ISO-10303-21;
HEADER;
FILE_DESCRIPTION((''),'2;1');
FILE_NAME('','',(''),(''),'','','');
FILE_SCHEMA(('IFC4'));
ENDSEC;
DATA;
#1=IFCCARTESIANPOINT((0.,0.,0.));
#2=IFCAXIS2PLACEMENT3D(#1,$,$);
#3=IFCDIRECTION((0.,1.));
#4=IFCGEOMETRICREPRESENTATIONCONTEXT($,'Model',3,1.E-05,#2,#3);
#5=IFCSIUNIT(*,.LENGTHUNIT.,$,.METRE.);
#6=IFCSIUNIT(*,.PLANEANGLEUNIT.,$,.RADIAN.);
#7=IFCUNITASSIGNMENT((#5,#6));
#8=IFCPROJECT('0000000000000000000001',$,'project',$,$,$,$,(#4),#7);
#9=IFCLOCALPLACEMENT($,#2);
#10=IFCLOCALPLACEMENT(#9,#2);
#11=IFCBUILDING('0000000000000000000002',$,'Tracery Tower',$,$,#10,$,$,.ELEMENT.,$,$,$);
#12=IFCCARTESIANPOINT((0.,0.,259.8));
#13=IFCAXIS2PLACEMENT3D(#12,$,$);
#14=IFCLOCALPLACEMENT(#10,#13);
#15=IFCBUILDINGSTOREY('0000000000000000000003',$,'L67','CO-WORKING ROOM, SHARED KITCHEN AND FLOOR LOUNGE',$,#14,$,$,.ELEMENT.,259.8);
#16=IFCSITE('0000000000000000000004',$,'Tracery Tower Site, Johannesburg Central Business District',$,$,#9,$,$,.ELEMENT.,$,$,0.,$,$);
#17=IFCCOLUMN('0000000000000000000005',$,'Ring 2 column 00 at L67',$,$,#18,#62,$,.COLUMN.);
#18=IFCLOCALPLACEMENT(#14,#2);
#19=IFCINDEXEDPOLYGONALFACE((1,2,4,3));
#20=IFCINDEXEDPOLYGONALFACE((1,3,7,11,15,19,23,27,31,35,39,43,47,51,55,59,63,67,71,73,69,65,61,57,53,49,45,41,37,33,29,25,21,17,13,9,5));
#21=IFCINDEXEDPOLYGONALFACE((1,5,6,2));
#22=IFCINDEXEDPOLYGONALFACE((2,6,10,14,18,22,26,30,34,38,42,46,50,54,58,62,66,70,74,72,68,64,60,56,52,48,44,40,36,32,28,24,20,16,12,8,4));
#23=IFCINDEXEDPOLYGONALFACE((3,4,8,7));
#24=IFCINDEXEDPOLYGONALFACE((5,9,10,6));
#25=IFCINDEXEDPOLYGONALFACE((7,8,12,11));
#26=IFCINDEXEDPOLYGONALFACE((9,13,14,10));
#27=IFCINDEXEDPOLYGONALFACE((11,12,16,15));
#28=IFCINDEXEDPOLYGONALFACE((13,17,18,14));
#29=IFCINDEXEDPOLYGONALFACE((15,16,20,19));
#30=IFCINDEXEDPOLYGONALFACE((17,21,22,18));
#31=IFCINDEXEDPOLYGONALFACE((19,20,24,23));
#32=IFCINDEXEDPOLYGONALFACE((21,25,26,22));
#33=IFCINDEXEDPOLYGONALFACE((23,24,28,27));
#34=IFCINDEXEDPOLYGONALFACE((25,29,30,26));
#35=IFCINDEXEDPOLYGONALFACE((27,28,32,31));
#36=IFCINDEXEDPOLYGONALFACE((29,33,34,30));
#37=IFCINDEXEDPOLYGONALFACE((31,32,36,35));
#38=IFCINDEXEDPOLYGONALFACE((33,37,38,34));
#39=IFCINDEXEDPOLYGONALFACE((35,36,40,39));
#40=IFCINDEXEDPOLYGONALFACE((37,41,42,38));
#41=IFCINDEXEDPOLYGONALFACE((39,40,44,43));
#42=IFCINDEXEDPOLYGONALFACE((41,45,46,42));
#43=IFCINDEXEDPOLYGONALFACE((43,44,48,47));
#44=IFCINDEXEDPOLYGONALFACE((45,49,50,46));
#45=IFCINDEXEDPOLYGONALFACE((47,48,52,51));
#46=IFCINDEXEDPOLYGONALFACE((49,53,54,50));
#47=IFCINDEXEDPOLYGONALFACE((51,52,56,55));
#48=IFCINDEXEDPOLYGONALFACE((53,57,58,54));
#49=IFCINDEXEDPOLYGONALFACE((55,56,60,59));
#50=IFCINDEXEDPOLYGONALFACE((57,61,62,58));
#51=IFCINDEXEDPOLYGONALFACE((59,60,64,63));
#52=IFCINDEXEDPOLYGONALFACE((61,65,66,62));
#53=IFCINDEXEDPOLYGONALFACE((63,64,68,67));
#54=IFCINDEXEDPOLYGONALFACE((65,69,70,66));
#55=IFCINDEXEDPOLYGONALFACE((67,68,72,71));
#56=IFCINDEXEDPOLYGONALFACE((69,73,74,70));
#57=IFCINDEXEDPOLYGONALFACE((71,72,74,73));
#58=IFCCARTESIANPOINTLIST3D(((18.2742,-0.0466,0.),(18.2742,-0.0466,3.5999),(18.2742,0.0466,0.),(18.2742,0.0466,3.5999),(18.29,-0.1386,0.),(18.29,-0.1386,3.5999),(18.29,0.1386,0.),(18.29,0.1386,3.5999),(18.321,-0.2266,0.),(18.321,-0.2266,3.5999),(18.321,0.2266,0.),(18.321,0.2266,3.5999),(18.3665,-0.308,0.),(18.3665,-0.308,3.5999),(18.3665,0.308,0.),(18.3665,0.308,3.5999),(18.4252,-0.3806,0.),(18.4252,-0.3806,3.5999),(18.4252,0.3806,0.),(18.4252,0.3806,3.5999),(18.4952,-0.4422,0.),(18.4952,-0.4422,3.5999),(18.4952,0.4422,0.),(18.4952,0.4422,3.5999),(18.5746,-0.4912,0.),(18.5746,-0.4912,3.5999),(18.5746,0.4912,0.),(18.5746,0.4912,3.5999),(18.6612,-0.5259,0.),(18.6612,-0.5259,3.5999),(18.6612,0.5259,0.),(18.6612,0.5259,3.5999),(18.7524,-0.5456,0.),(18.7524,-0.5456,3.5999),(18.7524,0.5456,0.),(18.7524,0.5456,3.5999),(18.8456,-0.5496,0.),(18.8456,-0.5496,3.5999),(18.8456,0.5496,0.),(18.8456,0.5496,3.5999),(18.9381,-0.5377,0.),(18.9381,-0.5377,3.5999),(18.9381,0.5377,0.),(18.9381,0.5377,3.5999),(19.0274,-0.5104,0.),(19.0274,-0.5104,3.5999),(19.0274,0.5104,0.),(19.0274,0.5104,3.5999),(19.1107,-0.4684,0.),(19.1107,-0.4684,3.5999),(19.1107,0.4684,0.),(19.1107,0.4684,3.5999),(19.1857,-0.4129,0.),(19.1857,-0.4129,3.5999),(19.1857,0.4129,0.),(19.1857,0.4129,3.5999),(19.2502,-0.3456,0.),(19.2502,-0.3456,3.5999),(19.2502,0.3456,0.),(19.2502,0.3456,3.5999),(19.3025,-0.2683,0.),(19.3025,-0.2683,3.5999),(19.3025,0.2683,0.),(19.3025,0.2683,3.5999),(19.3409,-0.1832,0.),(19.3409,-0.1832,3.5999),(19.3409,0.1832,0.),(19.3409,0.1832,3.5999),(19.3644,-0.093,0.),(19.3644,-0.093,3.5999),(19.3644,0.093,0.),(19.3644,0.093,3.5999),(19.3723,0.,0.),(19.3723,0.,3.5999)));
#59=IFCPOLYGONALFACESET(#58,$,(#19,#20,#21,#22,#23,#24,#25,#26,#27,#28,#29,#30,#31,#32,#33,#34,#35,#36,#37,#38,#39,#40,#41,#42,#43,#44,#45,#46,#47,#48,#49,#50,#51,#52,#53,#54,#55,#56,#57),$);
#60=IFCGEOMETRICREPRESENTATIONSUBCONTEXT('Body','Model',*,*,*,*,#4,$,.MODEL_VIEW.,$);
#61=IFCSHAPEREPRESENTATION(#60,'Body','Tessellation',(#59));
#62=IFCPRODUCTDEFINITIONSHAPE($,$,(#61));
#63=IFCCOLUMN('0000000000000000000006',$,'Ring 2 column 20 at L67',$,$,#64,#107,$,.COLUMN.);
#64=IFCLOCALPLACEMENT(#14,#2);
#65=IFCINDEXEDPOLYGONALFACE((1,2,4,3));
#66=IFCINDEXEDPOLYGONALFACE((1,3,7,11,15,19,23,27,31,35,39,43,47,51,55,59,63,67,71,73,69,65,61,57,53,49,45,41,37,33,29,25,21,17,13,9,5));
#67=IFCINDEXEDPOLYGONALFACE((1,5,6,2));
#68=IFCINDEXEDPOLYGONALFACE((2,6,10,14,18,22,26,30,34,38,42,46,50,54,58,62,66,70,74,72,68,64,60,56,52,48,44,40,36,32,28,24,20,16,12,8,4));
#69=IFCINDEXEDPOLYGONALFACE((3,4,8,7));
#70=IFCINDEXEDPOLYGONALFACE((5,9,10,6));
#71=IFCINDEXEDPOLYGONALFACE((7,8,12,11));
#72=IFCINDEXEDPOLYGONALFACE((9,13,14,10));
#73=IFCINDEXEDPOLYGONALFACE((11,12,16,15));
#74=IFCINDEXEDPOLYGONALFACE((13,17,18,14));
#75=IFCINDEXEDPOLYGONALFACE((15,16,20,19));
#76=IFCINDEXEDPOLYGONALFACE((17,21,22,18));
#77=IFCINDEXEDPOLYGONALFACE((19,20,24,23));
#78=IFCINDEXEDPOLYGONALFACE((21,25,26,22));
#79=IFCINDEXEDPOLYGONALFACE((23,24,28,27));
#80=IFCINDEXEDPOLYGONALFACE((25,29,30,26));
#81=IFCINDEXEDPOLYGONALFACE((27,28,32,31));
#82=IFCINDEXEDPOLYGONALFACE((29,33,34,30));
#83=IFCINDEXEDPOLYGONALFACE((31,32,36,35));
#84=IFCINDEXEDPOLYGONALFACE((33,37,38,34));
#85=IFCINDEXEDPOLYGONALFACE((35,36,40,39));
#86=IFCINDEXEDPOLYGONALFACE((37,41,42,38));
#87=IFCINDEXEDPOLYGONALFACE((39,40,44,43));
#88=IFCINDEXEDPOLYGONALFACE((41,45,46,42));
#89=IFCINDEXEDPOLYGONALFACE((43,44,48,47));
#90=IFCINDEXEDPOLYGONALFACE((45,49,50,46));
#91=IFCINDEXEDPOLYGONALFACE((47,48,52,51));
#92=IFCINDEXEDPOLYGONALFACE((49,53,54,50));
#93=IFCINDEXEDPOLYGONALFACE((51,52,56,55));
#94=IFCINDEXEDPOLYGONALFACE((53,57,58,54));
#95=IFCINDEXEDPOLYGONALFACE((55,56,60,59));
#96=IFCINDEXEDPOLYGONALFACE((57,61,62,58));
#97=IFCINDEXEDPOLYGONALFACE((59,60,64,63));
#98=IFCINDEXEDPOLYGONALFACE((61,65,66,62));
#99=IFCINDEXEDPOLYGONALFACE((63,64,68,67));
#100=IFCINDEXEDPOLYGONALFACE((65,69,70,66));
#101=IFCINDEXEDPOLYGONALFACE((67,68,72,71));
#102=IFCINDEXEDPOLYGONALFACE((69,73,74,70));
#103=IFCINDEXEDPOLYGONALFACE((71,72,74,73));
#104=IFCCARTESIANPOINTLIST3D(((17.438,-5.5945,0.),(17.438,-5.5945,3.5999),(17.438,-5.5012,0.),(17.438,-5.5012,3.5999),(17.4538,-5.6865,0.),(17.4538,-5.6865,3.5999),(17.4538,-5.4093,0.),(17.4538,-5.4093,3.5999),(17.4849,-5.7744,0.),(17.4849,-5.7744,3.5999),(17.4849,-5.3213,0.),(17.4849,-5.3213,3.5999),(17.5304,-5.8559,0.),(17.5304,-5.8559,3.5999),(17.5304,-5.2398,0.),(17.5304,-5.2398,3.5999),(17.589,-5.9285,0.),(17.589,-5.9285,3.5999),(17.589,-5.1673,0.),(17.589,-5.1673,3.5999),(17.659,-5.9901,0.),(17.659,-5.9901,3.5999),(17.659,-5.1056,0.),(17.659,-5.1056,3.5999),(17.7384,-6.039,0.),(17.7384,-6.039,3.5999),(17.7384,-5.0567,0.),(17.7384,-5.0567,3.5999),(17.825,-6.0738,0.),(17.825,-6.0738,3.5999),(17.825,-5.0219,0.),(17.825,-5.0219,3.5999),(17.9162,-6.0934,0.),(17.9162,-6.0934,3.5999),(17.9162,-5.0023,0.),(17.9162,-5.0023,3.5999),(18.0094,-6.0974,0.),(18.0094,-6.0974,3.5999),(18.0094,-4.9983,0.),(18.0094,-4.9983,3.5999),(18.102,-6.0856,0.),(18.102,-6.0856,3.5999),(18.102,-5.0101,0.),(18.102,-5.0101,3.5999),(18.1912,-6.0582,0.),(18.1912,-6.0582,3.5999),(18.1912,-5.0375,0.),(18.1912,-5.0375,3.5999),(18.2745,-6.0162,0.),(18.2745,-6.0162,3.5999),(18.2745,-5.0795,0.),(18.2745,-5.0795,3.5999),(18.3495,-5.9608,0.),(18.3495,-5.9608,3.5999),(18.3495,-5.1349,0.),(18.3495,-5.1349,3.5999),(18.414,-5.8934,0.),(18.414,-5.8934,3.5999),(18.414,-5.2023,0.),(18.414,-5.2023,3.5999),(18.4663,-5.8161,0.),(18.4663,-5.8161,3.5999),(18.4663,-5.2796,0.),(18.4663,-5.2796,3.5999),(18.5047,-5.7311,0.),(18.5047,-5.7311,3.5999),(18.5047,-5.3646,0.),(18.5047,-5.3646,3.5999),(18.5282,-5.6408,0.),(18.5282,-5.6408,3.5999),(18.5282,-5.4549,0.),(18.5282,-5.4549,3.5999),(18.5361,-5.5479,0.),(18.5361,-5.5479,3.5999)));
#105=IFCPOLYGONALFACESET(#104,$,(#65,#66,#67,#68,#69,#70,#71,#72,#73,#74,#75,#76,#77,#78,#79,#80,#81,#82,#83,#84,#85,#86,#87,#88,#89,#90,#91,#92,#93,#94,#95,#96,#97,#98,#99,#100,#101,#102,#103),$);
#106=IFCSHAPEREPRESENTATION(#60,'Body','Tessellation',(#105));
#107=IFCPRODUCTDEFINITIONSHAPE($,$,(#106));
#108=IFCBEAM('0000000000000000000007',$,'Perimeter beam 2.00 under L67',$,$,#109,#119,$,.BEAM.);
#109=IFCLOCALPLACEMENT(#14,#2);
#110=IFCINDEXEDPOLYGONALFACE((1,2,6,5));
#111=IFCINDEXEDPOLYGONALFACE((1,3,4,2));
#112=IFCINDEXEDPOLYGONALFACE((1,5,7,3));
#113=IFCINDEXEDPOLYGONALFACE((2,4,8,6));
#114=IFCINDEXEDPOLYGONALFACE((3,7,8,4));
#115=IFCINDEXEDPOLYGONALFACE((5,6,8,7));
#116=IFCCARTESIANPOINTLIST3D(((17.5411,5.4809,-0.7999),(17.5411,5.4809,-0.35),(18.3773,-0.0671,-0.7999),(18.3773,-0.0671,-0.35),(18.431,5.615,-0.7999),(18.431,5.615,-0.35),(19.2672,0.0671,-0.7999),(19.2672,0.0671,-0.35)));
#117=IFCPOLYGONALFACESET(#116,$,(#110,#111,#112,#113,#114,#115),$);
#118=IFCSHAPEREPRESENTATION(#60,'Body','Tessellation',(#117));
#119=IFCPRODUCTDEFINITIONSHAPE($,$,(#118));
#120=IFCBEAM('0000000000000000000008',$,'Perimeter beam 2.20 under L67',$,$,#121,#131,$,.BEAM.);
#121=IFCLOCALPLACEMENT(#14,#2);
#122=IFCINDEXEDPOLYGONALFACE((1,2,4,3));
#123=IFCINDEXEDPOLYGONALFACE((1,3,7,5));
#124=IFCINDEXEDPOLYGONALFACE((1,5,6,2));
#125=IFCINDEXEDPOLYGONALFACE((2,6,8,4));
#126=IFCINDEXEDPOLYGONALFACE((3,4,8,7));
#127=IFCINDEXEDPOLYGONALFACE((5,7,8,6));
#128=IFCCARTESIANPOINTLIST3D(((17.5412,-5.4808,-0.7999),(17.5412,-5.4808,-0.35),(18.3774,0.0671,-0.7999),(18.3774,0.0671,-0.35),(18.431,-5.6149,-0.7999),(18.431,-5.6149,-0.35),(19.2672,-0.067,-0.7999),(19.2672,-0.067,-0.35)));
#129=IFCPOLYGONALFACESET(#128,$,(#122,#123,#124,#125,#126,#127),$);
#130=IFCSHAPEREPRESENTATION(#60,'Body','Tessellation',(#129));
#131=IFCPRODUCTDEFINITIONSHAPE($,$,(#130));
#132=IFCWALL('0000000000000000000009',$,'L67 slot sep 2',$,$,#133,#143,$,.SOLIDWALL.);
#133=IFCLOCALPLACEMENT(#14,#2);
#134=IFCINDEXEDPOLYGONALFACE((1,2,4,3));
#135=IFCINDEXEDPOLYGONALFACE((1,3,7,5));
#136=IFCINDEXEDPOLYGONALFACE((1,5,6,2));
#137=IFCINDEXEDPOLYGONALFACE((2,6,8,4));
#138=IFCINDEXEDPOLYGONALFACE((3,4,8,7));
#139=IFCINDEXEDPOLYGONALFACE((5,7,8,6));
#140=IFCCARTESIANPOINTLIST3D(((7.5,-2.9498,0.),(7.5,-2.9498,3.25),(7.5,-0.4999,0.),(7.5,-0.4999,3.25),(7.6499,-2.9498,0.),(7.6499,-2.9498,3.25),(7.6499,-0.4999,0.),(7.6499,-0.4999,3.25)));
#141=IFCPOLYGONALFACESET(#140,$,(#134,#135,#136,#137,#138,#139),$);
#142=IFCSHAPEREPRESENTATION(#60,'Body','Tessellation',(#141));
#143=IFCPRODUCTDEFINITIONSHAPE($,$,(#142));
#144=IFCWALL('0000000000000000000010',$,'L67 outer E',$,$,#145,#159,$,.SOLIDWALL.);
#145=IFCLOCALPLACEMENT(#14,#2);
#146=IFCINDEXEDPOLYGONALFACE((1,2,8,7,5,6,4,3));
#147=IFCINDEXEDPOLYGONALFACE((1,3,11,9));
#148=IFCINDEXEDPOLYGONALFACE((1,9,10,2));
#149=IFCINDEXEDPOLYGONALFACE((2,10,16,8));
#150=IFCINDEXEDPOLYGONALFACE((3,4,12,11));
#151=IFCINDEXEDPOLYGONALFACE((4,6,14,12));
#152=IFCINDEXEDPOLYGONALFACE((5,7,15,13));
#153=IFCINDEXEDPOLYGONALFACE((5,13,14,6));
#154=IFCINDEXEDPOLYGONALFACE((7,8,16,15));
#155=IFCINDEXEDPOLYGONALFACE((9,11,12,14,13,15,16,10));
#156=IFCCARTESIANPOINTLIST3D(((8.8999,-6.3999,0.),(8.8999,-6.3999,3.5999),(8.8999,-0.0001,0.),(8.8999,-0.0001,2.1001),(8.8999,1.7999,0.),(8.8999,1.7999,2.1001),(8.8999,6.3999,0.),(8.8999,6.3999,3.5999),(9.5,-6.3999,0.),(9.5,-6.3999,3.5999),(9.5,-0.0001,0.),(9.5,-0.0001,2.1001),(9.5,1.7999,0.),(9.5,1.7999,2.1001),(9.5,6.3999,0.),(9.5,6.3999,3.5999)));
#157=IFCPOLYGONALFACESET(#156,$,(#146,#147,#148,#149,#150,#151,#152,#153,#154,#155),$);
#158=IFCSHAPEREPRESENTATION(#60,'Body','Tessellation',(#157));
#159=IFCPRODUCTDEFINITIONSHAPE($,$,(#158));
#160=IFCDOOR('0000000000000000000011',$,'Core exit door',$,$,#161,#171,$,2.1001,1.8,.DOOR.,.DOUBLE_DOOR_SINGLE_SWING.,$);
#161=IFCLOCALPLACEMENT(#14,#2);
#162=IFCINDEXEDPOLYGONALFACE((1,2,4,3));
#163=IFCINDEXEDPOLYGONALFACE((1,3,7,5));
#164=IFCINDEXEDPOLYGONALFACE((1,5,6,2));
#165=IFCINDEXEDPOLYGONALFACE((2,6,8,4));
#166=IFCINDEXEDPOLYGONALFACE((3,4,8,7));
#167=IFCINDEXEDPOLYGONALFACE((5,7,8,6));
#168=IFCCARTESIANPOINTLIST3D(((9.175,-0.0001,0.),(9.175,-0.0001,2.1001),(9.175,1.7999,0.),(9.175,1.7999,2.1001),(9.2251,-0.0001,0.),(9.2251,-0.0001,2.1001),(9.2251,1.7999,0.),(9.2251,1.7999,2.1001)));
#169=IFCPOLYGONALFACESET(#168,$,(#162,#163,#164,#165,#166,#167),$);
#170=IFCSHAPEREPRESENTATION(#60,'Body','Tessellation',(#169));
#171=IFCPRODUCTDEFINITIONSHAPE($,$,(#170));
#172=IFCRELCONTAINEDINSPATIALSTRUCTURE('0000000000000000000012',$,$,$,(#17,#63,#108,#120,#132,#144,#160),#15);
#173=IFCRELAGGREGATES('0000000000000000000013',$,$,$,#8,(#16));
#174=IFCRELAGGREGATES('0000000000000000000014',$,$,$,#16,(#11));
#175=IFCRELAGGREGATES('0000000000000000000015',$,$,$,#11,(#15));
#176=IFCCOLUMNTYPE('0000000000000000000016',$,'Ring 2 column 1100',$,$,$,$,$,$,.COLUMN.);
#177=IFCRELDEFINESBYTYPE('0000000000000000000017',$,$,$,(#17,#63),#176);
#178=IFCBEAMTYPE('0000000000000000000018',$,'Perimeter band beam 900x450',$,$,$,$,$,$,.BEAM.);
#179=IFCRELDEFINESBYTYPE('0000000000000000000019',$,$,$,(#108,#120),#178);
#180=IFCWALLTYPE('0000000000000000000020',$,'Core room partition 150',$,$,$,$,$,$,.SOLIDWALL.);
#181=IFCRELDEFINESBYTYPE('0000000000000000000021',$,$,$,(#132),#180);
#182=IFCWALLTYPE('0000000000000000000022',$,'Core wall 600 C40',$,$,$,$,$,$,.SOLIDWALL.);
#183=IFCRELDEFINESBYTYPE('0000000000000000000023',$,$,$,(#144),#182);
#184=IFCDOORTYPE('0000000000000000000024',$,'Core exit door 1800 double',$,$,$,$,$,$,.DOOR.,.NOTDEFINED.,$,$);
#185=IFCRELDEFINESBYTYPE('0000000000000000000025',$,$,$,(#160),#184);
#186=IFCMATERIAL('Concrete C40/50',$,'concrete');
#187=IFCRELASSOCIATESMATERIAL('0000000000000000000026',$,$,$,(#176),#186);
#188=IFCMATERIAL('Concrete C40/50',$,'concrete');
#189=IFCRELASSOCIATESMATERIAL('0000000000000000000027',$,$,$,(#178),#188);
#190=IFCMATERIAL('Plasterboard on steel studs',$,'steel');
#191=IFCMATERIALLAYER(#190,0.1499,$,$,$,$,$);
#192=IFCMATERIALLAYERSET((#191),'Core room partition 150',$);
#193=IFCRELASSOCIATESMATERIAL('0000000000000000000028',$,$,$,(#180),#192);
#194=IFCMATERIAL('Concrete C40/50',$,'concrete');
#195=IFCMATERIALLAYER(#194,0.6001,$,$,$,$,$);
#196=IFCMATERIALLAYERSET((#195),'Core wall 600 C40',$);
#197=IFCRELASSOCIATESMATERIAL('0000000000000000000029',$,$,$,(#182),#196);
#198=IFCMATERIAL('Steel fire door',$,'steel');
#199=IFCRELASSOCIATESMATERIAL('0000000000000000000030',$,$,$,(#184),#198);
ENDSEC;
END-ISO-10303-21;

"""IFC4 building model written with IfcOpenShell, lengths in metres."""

from ifc_helpers import new_model, si_unit, direction, frame, frame_2d, origin, origin_2d, place, context, subcontext, project, spatial, rectangle, circle, extrude, material, layer, layer_set, material_profile, profile_set, type_object, element, fill, save


model = new_model("IFC4")

# Units and contexts
model_context = context("Model", 3, precision=1e-05, world=origin(), true_north=direction((0.0, 1.0)))
body_context = subcontext(model_context, "Body", "Model", "MODEL_VIEW")
ifc_project = project(units=[si_unit("LENGTHUNIT", "METRE"), si_unit("PLANEANGLEUNIT", "RADIAN")], contexts=[model_context])

# Site, building, storey
site_placement = place(None, origin())
site = spatial("IfcSite", under=ifc_project, at=site_placement, Name="Tracery Tower Site, Johannesburg Central Business District", CompositionType="ELEMENT", RefElevation=0.0)
building_placement = place(site_placement, origin())
building = spatial("IfcBuilding", under=site, at=building_placement, Name="Tracery Tower", CompositionType="ELEMENT")
storey_placement = place(building_placement, frame((0.0, 0.0, 259.8)))
storey = spatial("IfcBuildingStorey", under=building, at=storey_placement, Name="L67", Description="CO-WORKING ROOM, SHARED KITCHEN AND FLOOR LOUNGE", CompositionType="ELEMENT", Elevation=259.8)

# Columns
ifc_material_1 = material(Name="Concrete C40/50", Category="concrete")
ifc_material_profile_1 = material_profile(ifc_material_1, circle(Radius=0.55, at=origin_2d()), Name="RC D1100")
ifc_profile_set_1 = profile_set([ifc_material_profile_1], Name="Concrete C40/50")
column_type = type_object("IfcColumnType", Name="Ring 2 column 1100", PredefinedType="COLUMN", material=ifc_profile_set_1)
for number, where, z_axis, x_axis, name in (
    (1, (18.8223, 0.0, 0.0), (0.0, 0.0, 1.0), (1.0, 0.0, 0.0), "Ring 2 column 00 at L67"),
    (2, (17.9861, -5.5479, 0.0), (0.0, 0.0, 1.0), (1.0, 0.0, 0.0), "Ring 2 column 20 at L67"),
):
    element("IfcColumn", number, at=place(storey_placement, frame(where, z_axis=z_axis, x_axis=x_axis)), inside=storey, type_object=column_type, Name=name, PredefinedType="COLUMN", context=body_context, shape_type="SweptSolid", body=[
        extrude(circle(Radius=0.55, at=origin_2d()), origin(), (0.0, 0.0, 1.0), 3.5999),
    ])

# Beams
ifc_material_2 = material(Name="Concrete C40/50", Category="concrete")
ifc_material_profile_2 = material_profile(ifc_material_2, rectangle(XDim=0.8999, YDim=0.45, at=origin_2d()), Name="RC 900x450")
ifc_profile_set_2 = profile_set([ifc_material_profile_2], Name="Concrete C40/50")
beam_type = type_object("IfcBeamType", Name="Perimeter band beam 900x450", PredefinedType="BEAM", material=ifc_profile_set_2)
for number, where, z_axis, x_axis, name in (
    (3, (18.8223, 0.0, -0.575), (-0.149038, 0.988831, 0.0), (-0.988831, -0.149038, 0.0), "Perimeter beam 2.00 under L67"),
    (4, (17.9861, -5.5479, -0.575), (0.149038, 0.988831, 0.0), (-0.988831, 0.149038, 0.0), "Perimeter beam 2.20 under L67"),
):
    element("IfcBeam", number, at=place(storey_placement, frame(where, z_axis=z_axis, x_axis=x_axis)), inside=storey, type_object=beam_type, Name=name, PredefinedType="BEAM", context=body_context, shape_type="SweptSolid", body=[
        extrude(rectangle(XDim=0.8999, YDim=0.45, at=origin_2d()), origin(), (0.0, 0.0, 1.0), 5.6106),
    ])

# Wall
ifc_material_3 = material(Name="Plasterboard on steel studs", Category="steel")
ifc_layer_1 = layer(ifc_material_3, 0.1499)
ifc_layer_set_1 = layer_set([ifc_layer_1], Name="Core room partition 150")
wall_type_1 = type_object("IfcWallType", Name="Core room partition 150", PredefinedType="SOLIDWALL", material=ifc_layer_set_1)
wall_1_placement = place(storey_placement, frame((7.575, -2.95, 0.0), z_axis=(0.0, 0.0, 1.0), x_axis=(0.0, 1.0, 0.0)))
element("IfcWall", 5, at=wall_1_placement, inside=storey, type_object=wall_type_1, Name="L67 slot sep 2", PredefinedType="SOLIDWALL", context=body_context, shape_type="SweptSolid", body=[
    extrude(rectangle(XDim=2.45, YDim=0.1499, at=frame_2d((1.2251, 0.0))), origin(), (0.0, 0.0, 1.0), 3.25),
])

# Wall, opening, door
ifc_material_4 = material(Name="Concrete C40/50", Category="concrete")
ifc_layer_2 = layer(ifc_material_4, 0.6001)
ifc_layer_set_2 = layer_set([ifc_layer_2], Name="Core wall 600 C40")
wall_type_2 = type_object("IfcWallType", Name="Core wall 600 C40", PredefinedType="SOLIDWALL", material=ifc_layer_set_2)
wall_2_placement = place(storey_placement, frame((9.2, -6.3999, 0.0), z_axis=(0.0, 0.0, 1.0), x_axis=(0.0, 1.0, 0.0)))
wall_2 = element("IfcWall", 6, at=wall_2_placement, inside=storey, type_object=wall_type_2, Name="L67 outer E", PredefinedType="SOLIDWALL", context=body_context, shape_type="SweptSolid", body=[
    extrude(rectangle(XDim=12.7998, YDim=0.6001, at=frame_2d((6.3999, 0.0))), origin(), (0.0, 0.0, 1.0), 3.5999),
])
opening_1_placement = place(wall_2_placement, frame((6.3999, 0.0, 0.0)))
opening_1 = element("IfcOpeningElement", 7, at=opening_1_placement, cuts=wall_2, PredefinedType="OPENING", context=body_context, shape_type="SweptSolid", body=[
    extrude(rectangle(XDim=1.8, YDim=2.1001, at=frame_2d((0.8999, 1.05))), frame((0.0, 0.3, 0.0), z_axis=(0.0, -1.0, 0.0), x_axis=(1.0, 0.0, 0.0)), (0.0, 0.0, 1.0), 0.6001),
])
ifc_material_5 = material(Name="Steel fire door", Category="steel")
door_type_1 = type_object("IfcDoorType", Name="Core exit door 1800 double", OperationType="NOTDEFINED", PredefinedType="DOOR", material=ifc_material_5)
door_1_placement = place(opening_1_placement, origin())
door_1 = element("IfcDoor", 8, at=door_1_placement, inside=storey, type_object=door_type_1, Name="Core exit door", OperationType="DOUBLE_DOOR_SINGLE_SWING", OverallHeight=2.1001, OverallWidth=1.8, PredefinedType="DOOR", context=body_context, shape_type="SweptSolid", body=[
    extrude(rectangle(XDim=1.8, YDim=2.1001, at=frame_2d((0.8999, 1.05))), frame((0.0, 0.0249, 0.0), z_axis=(0.0, -1.0, 0.0), x_axis=(1.0, 0.0, 0.0)), (0.0, 0.0, 1.0), 0.05),
])
fill(opening_1, door_1)

save(model, "model.ifc")
